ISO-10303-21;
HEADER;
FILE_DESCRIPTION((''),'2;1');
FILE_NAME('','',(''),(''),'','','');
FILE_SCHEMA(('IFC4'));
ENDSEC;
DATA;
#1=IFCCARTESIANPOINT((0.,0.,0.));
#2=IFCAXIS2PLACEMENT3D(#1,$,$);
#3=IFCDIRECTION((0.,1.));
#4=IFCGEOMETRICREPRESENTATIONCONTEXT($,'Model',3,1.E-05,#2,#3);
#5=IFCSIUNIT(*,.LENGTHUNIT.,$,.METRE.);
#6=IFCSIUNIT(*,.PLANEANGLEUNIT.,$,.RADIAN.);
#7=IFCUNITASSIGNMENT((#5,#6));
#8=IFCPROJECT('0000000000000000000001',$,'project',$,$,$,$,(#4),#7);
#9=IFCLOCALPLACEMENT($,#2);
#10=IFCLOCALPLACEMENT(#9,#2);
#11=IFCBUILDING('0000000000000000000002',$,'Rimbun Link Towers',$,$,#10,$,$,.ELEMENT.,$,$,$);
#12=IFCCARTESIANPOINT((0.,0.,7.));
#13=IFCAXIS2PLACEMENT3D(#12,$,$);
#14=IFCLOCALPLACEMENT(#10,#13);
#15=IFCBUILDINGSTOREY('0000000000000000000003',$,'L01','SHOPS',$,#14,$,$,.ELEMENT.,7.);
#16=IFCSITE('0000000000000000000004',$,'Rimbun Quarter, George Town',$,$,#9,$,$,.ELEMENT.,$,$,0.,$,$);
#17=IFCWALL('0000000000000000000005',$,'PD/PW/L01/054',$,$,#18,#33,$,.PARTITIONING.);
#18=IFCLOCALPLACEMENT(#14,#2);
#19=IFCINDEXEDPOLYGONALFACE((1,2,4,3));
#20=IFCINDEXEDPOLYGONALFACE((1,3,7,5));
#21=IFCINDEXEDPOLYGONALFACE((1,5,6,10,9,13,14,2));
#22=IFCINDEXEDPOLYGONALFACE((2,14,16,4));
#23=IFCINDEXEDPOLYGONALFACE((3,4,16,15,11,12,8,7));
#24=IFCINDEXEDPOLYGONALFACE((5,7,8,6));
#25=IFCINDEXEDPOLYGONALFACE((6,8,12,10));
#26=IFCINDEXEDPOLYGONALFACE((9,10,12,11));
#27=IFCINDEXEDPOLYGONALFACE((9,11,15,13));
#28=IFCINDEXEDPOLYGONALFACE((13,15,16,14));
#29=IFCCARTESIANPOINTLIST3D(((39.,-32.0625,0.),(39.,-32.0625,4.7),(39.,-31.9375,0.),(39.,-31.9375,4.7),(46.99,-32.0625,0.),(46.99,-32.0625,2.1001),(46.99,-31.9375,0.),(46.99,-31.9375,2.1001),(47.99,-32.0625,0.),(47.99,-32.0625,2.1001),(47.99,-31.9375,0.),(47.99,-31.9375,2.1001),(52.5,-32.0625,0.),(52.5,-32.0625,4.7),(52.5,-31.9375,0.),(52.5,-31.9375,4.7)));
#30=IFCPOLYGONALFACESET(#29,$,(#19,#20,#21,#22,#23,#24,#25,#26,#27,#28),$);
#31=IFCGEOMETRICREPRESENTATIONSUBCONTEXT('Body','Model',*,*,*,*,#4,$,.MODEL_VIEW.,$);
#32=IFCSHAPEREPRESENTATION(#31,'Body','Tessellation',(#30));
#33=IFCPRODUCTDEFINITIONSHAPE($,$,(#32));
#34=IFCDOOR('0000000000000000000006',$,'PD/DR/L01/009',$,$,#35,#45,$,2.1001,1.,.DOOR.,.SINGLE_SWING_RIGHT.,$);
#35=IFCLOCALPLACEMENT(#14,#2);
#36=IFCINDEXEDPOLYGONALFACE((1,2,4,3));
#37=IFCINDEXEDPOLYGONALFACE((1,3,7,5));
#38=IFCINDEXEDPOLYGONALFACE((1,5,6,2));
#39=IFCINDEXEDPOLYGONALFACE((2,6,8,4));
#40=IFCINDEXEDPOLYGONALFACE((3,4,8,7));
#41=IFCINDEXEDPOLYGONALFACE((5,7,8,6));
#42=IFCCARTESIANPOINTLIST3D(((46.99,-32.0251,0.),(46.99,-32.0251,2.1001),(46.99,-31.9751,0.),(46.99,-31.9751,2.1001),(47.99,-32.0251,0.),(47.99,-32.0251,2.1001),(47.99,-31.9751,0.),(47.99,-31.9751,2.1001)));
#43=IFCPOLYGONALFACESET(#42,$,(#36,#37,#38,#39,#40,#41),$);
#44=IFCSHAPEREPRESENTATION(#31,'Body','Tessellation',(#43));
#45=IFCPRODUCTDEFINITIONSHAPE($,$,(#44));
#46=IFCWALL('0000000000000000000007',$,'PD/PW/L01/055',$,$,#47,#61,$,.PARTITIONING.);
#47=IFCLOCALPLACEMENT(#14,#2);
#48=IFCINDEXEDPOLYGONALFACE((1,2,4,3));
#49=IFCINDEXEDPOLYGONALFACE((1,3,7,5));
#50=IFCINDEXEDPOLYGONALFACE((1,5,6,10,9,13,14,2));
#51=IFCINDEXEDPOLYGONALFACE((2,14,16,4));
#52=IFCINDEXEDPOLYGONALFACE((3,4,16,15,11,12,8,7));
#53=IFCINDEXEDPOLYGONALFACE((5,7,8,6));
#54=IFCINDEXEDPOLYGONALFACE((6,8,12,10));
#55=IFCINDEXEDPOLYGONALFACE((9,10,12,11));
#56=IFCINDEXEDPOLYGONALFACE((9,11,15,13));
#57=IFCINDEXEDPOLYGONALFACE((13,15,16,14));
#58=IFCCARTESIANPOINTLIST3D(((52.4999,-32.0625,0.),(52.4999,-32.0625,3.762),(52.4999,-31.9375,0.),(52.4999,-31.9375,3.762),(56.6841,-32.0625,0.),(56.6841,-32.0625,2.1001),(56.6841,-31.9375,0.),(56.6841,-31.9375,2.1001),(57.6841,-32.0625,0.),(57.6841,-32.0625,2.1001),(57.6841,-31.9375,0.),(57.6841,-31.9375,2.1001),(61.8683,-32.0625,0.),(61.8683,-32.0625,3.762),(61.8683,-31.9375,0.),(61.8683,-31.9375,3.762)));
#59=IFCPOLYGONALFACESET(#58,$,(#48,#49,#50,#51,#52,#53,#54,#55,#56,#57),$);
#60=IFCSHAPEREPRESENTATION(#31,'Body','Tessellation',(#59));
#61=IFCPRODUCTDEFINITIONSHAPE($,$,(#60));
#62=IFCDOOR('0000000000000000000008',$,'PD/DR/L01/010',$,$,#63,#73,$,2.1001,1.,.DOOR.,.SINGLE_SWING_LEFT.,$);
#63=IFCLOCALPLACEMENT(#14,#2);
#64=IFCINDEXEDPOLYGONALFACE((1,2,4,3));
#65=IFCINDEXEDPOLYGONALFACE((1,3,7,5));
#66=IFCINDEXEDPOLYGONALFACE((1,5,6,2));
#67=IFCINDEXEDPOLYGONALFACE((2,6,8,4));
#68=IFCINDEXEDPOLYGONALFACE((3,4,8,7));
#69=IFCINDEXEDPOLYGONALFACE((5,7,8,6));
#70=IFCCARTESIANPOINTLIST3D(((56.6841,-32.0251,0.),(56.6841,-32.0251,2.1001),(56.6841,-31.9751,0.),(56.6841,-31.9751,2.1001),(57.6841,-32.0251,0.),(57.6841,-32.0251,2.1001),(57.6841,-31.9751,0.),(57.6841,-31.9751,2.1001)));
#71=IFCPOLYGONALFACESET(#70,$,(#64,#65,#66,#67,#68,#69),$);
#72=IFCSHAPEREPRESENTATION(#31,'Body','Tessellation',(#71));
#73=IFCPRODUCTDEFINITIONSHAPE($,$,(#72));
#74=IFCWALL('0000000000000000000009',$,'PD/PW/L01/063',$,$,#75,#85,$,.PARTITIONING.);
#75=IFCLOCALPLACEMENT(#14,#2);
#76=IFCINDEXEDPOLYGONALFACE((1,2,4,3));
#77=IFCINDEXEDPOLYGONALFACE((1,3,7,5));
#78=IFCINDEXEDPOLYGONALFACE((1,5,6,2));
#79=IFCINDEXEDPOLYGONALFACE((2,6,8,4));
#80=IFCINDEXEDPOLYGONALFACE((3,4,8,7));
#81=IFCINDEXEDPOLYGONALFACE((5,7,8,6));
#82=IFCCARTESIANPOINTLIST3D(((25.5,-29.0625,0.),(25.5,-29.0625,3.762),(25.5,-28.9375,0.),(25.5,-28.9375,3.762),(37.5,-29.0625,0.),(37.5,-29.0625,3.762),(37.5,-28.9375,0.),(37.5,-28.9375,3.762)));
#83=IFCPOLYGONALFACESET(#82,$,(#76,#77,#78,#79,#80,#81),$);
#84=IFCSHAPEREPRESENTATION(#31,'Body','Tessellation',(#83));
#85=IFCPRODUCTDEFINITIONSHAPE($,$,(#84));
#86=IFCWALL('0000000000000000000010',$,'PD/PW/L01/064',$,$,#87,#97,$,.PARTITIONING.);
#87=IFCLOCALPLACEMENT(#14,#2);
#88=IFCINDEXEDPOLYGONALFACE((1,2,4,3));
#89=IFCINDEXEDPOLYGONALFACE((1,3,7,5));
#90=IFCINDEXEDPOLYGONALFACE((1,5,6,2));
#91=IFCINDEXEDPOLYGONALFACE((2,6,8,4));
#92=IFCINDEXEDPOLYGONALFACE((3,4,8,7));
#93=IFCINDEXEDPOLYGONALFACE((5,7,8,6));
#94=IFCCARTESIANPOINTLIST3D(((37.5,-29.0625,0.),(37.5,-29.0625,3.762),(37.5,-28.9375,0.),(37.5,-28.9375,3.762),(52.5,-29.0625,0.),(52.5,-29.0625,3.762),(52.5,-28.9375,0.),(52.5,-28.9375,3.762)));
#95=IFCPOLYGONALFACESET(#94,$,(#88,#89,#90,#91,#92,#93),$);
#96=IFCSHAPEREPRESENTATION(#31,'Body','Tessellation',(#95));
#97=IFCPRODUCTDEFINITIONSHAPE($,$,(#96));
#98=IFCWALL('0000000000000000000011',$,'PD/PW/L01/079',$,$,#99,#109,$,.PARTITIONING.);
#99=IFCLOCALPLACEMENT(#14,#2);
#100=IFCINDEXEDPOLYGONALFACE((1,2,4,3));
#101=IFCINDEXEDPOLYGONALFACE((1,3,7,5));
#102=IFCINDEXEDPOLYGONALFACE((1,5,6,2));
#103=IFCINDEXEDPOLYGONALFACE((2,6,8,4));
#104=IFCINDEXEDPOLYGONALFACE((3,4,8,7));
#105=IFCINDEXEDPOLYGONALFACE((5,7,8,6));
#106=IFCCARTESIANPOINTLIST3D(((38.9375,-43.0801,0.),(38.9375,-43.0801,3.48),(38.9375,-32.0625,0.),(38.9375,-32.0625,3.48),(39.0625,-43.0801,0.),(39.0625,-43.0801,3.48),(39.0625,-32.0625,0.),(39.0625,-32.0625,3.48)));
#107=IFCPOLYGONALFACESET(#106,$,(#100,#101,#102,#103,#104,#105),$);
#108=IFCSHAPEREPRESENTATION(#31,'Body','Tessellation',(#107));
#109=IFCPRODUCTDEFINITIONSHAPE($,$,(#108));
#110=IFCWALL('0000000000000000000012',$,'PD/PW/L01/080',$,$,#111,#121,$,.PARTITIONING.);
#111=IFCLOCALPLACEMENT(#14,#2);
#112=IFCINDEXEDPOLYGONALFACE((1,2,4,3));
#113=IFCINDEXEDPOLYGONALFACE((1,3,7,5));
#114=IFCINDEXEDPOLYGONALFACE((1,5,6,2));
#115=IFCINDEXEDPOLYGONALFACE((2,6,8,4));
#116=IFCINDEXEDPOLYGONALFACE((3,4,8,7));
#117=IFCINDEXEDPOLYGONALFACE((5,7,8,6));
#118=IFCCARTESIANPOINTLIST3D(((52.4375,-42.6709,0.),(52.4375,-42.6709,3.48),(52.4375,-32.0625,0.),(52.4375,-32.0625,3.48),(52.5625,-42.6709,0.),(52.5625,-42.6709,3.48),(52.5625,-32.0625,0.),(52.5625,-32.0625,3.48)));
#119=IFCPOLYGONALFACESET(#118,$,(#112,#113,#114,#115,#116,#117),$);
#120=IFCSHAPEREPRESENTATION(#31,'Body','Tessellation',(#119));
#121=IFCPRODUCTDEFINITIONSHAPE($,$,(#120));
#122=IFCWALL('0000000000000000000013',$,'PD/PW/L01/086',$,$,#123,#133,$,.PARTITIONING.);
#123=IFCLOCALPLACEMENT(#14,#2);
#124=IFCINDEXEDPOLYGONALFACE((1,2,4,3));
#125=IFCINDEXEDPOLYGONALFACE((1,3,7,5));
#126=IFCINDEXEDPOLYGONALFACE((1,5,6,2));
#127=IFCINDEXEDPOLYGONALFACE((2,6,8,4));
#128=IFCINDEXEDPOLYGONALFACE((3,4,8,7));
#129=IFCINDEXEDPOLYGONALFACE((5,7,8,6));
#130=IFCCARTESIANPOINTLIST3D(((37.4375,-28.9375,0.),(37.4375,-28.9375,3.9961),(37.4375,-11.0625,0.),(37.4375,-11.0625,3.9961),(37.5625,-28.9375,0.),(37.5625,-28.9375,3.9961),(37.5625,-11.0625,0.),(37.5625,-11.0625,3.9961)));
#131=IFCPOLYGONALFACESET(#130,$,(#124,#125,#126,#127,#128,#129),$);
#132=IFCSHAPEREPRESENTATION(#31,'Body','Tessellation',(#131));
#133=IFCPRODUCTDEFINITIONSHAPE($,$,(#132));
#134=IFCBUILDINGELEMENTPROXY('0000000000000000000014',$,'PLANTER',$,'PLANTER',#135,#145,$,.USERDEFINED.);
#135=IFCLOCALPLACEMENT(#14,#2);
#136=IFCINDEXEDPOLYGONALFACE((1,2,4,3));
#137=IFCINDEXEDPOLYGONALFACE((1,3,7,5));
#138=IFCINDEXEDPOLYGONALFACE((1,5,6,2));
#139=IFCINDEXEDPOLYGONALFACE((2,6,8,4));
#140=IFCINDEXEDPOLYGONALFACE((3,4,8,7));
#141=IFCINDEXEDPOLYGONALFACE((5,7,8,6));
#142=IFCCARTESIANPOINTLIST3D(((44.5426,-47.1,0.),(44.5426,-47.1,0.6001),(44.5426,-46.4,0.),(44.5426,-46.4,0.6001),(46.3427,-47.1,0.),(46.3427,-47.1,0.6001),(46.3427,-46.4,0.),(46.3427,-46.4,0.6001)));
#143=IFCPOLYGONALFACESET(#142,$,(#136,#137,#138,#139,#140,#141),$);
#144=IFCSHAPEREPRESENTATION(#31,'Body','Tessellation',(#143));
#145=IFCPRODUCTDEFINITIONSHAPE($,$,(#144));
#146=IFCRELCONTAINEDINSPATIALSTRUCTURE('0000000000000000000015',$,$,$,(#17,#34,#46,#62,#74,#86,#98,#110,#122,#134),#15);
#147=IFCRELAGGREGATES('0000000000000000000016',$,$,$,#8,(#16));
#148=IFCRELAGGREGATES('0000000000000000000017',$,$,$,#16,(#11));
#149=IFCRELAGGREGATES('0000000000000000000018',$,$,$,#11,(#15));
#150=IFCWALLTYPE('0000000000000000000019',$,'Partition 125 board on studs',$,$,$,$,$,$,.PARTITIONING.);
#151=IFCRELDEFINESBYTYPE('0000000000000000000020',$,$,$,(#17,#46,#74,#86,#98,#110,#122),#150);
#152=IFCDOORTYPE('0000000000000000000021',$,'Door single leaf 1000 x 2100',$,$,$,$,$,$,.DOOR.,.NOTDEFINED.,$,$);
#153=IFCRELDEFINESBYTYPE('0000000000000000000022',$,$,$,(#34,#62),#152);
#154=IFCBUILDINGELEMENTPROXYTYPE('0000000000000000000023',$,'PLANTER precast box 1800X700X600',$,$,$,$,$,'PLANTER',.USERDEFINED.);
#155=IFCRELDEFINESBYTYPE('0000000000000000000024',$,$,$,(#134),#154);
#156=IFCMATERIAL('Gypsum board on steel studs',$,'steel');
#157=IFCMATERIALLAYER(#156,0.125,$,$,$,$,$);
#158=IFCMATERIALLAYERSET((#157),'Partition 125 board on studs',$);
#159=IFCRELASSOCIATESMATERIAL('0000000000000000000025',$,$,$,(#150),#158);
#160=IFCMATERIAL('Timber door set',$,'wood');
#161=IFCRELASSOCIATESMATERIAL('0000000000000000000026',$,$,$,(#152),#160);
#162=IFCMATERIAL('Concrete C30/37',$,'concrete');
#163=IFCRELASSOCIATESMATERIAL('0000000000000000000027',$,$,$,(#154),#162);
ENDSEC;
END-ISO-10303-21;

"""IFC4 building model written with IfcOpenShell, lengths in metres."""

from ifc_helpers import new_model, si_unit, direction, frame, frame_2d, origin, origin_2d, place, context, subcontext, project, spatial, rectangle, extrude, material, layer, layer_set, type_object, element, fill, save


model = new_model("IFC4")

# Units and contexts
model_context = context("Model", 3, precision=1e-05, world=origin(), true_north=direction((0.0, 1.0)))
body_context = subcontext(model_context, "Body", "Model", "MODEL_VIEW")
ifc_project = project(units=[si_unit("LENGTHUNIT", "METRE"), si_unit("PLANEANGLEUNIT", "RADIAN")], contexts=[model_context])

# Site, building, storey
site_placement = place(None, origin())
site = spatial("IfcSite", under=ifc_project, at=site_placement, Name="Rimbun Quarter, George Town", CompositionType="ELEMENT", RefElevation=0.0)
building_placement = place(site_placement, origin())
building = spatial("IfcBuilding", under=site, at=building_placement, Name="Rimbun Link Towers", CompositionType="ELEMENT")
storey_placement = place(building_placement, frame((0.0, 0.0, 7.0)))
storey = spatial("IfcBuildingStorey", under=building, at=storey_placement, Name="L01", Description="SHOPS", CompositionType="ELEMENT", Elevation=7.0)

# Walls, openings, doors
ifc_material_1 = material(Name="Gypsum board on steel studs", Category="steel")
ifc_layer_1 = layer(ifc_material_1, 0.125)
ifc_layer_set_1 = layer_set([ifc_layer_1], Name="Partition 125 board on studs")
wall_type_1 = type_object("IfcWallType", Name="Partition 125 board on studs", PredefinedType="PARTITIONING", material=ifc_layer_set_1)
wall_1_placement = place(storey_placement, frame((39.0, -32.0, 0.0), z_axis=(0.0, 0.0, 1.0), x_axis=(1.0, 0.0, 0.0)))
wall_1 = element("IfcWall", 1, at=wall_1_placement, inside=storey, type_object=wall_type_1, Name="PD/PW/L01/054", PredefinedType="PARTITIONING", context=body_context, shape_type="SweptSolid", body=[
    extrude(rectangle(XDim=13.5, YDim=0.125, at=frame_2d((6.75, 0.0))), origin(), (0.0, 0.0, 1.0), 4.7),
])
opening_1_placement = place(wall_1_placement, frame((7.99, 0.0, 0.0)))
opening_1 = element("IfcOpeningElement", 2, at=opening_1_placement, cuts=wall_1, PredefinedType="OPENING", context=body_context, shape_type="SweptSolid", body=[
    extrude(rectangle(XDim=1.0, YDim=2.1001, at=frame_2d((0.5, 1.05))), frame((0.0, 0.0725, 0.0), z_axis=(0.0, -1.0, 0.0), x_axis=(1.0, 0.0, 0.0)), (0.0, 0.0, 1.0), 0.145),
])
ifc_material_2 = material(Name="Timber door set", Category="wood")
door_type = type_object("IfcDoorType", Name="Door single leaf 1000 x 2100", OperationType="NOTDEFINED", PredefinedType="DOOR", material=ifc_material_2)
door_1_placement = place(opening_1_placement, origin())
door_1 = element("IfcDoor", 3, at=door_1_placement, inside=storey, type_object=door_type, Name="PD/DR/L01/009", OperationType="SINGLE_SWING_RIGHT", OverallHeight=2.1001, OverallWidth=1.0, PredefinedType="DOOR", context=body_context, shape_type="SweptSolid", body=[
    extrude(rectangle(XDim=1.0, YDim=2.1001, at=frame_2d((0.5, 1.05))), frame((0.0, 0.0249, 0.0), z_axis=(0.0, -1.0, 0.0), x_axis=(1.0, 0.0, 0.0)), (0.0, 0.0, 1.0), 0.05),
])
fill(opening_1, door_1)
wall_2_placement = place(storey_placement, frame((52.5, -32.0, 0.0), z_axis=(0.0, 0.0, 1.0), x_axis=(1.0, 0.0, 0.0)))
wall_2 = element("IfcWall", 4, at=wall_2_placement, inside=storey, type_object=wall_type_1, Name="PD/PW/L01/055", PredefinedType="PARTITIONING", context=body_context, shape_type="SweptSolid", body=[
    extrude(rectangle(XDim=9.3684, YDim=0.125, at=frame_2d((4.6841, 0.0))), origin(), (0.0, 0.0, 1.0), 3.762),
])
opening_2_placement = place(wall_2_placement, frame((4.1841, 0.0, 0.0)))
opening_2 = element("IfcOpeningElement", 5, at=opening_2_placement, cuts=wall_2, PredefinedType="OPENING", context=body_context, shape_type="SweptSolid", body=[
    extrude(rectangle(XDim=1.0, YDim=2.1001, at=frame_2d((0.5, 1.05))), frame((0.0, 0.0725, 0.0), z_axis=(0.0, -1.0, 0.0), x_axis=(1.0, 0.0, 0.0)), (0.0, 0.0, 1.0), 0.145),
])
door_2_placement = place(opening_2_placement, origin())
door_2 = element("IfcDoor", 6, at=door_2_placement, inside=storey, type_object=door_type, Name="PD/DR/L01/010", OperationType="SINGLE_SWING_LEFT", OverallHeight=2.1001, OverallWidth=1.0, PredefinedType="DOOR", context=body_context, shape_type="SweptSolid", body=[
    extrude(rectangle(XDim=1.0, YDim=2.1001, at=frame_2d((0.5, 1.05))), frame((0.0, 0.0249, 0.0), z_axis=(0.0, -1.0, 0.0), x_axis=(1.0, 0.0, 0.0)), (0.0, 0.0, 1.0), 0.05),
])
fill(opening_2, door_2)

# Walls
wall_3_placement = place(storey_placement, frame((37.5, -29.0, 0.0), z_axis=(0.0, 0.0, 1.0), x_axis=(-1.0, 0.0, 0.0)))
element("IfcWall", 7, at=wall_3_placement, inside=storey, type_object=wall_type_1, Name="PD/PW/L01/063", PredefinedType="PARTITIONING", context=body_context, shape_type="SweptSolid", body=[
    extrude(rectangle(XDim=12.0, YDim=0.125, at=frame_2d((6.0, 0.0))), origin(), (0.0, 0.0, 1.0), 3.762),
])
wall_4_placement = place(storey_placement, frame((52.5, -29.0, 0.0), z_axis=(0.0, 0.0, 1.0), x_axis=(-1.0, 0.0, 0.0)))
element("IfcWall", 8, at=wall_4_placement, inside=storey, type_object=wall_type_1, Name="PD/PW/L01/064", PredefinedType="PARTITIONING", context=body_context, shape_type="SweptSolid", body=[
    extrude(rectangle(XDim=15.0, YDim=0.125, at=frame_2d((7.5, 0.0))), origin(), (0.0, 0.0, 1.0), 3.762),
])
wall_5_placement = place(storey_placement, frame((39.0, -43.0801, 0.0), z_axis=(0.0, 0.0, 1.0), x_axis=(0.0, 1.0, 0.0)))
element("IfcWall", 9, at=wall_5_placement, inside=storey, type_object=wall_type_1, Name="PD/PW/L01/079", PredefinedType="PARTITIONING", context=body_context, shape_type="SweptSolid", body=[
    extrude(rectangle(XDim=11.0176, YDim=0.125, at=frame_2d((5.5088, 0.0))), origin(), (0.0, 0.0, 1.0), 3.48),
])
wall_6_placement = place(storey_placement, frame((52.5, -42.6709, 0.0), z_axis=(0.0, 0.0, 1.0), x_axis=(0.0, 1.0, 0.0)))
element("IfcWall", 10, at=wall_6_placement, inside=storey, type_object=wall_type_1, Name="PD/PW/L01/080", PredefinedType="PARTITIONING", context=body_context, shape_type="SweptSolid", body=[
    extrude(rectangle(XDim=10.6084, YDim=0.125, at=frame_2d((5.3042, 0.0))), origin(), (0.0, 0.0, 1.0), 3.48),
])
wall_7_placement = place(storey_placement, frame((37.5, -28.9375, 0.0), z_axis=(0.0, 0.0, 1.0), x_axis=(0.0, 1.0, 0.0)))
element("IfcWall", 11, at=wall_7_placement, inside=storey, type_object=wall_type_1, Name="PD/PW/L01/086", PredefinedType="PARTITIONING", context=body_context, shape_type="SweptSolid", body=[
    extrude(rectangle(XDim=17.875, YDim=0.125, at=frame_2d((8.9375, 0.0))), origin(), (0.0, 0.0, 1.0), 3.9961),
])

# Building element proxy
ifc_material_3 = material(Name="Concrete C30/37", Category="concrete")
building_element_proxy_type = type_object("IfcBuildingElementProxyType", Name="PLANTER precast box 1800X700X600", ElementType="PLANTER", PredefinedType="USERDEFINED", material=ifc_material_3)
proxy_placement = place(storey_placement, frame((45.4426, -46.75, 0.0), z_axis=(0.0, 0.0, 1.0), x_axis=(1.0, 0.0, 0.0)))
element("IfcBuildingElementProxy", 12, at=proxy_placement, inside=storey, type_object=building_element_proxy_type, Name="PLANTER", ObjectType="PLANTER", PredefinedType="USERDEFINED", context=body_context, shape_type="SweptSolid", body=[
    extrude(rectangle(XDim=1.8, YDim=0.7, at=origin_2d()), origin(), (0.0, 0.0, 1.0), 0.6001),
])

save(model, "model.ifc")
